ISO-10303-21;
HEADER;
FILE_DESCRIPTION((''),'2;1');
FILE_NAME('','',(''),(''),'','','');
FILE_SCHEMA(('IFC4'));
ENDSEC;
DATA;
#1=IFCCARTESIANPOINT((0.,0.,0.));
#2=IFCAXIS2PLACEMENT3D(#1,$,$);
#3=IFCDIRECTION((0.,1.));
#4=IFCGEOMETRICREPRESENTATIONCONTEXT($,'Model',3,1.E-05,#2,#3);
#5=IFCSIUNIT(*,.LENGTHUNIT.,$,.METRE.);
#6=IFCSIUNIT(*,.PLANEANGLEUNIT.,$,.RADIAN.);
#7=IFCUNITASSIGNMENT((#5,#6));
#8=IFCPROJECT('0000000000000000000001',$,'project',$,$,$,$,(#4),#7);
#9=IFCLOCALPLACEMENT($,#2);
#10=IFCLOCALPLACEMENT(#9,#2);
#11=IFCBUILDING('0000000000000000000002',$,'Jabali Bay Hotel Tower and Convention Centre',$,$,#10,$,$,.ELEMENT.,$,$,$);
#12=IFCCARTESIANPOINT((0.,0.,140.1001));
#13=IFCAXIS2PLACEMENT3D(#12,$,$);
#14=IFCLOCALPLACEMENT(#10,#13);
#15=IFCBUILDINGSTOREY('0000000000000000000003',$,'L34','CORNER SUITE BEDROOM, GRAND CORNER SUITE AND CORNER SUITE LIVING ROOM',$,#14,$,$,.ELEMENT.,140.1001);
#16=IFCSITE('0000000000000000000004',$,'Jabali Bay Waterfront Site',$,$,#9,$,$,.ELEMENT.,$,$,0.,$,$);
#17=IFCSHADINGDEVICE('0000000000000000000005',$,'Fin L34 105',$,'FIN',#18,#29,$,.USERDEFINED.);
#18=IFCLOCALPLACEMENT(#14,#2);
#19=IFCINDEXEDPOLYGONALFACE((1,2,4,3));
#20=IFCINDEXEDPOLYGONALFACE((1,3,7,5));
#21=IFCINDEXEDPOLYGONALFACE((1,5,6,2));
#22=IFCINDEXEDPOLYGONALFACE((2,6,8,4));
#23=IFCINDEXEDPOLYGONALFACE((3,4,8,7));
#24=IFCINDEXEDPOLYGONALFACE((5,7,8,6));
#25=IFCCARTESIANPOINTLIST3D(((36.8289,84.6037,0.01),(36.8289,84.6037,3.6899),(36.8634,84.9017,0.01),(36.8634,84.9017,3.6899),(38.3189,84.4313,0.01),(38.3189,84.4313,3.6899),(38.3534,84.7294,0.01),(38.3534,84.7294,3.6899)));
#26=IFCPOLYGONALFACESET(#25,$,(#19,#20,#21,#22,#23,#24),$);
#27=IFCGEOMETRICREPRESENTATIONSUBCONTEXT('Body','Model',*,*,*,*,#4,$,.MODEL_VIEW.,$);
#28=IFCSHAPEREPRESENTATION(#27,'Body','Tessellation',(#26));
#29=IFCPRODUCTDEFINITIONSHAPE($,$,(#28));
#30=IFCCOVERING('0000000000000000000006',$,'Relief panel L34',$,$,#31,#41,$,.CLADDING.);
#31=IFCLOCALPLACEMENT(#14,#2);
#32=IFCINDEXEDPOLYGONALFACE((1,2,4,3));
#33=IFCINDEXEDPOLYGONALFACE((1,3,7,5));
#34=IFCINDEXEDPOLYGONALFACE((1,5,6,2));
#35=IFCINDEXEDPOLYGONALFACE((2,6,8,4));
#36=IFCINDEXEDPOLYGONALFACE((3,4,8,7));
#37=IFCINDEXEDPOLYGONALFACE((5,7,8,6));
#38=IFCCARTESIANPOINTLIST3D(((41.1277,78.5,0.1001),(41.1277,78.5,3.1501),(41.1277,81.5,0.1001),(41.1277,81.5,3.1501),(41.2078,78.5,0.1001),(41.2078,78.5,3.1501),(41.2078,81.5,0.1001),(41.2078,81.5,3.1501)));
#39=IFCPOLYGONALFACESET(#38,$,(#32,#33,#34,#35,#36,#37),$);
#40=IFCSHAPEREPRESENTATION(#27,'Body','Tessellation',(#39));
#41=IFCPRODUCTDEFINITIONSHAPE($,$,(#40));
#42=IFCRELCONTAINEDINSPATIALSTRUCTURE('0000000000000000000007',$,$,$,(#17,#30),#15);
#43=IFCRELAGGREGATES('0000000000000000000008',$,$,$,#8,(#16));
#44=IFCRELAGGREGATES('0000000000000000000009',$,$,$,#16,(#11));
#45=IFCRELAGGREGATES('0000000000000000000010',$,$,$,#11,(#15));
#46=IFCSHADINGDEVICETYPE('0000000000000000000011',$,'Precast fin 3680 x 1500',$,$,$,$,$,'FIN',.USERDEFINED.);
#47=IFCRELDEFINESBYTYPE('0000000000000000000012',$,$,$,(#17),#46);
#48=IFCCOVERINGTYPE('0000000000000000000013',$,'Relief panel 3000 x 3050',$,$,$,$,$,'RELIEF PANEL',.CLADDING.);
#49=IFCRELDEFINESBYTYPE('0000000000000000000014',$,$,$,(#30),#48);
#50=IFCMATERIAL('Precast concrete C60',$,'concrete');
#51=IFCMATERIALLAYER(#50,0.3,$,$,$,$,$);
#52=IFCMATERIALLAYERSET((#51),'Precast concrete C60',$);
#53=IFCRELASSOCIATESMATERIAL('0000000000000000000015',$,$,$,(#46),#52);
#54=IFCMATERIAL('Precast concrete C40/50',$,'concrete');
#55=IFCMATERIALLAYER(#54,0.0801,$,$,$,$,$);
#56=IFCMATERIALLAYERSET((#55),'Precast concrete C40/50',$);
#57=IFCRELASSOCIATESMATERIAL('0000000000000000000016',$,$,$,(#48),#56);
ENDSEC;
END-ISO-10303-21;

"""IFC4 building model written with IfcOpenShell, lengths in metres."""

from ifc_helpers import new_model, si_unit, direction, frame, frame_2d, origin, origin_2d, place, context, subcontext, project, spatial, rectangle, extrude, material, layer, layer_set, type_object, element, save


model = new_model("IFC4")

# Units and contexts
model_context = context("Model", 3, precision=1e-05, world=origin(), true_north=direction((0.0, 1.0)))
body_context = subcontext(model_context, "Body", "Model", "MODEL_VIEW")
ifc_project = project(units=[si_unit("LENGTHUNIT", "METRE"), si_unit("PLANEANGLEUNIT", "RADIAN")], contexts=[model_context])

# Site, building, storey
site_placement = place(None, origin())
site = spatial("IfcSite", under=ifc_project, at=site_placement, Name="Jabali Bay Waterfront Site", CompositionType="ELEMENT", RefElevation=0.0)
building_placement = place(site_placement, origin())
building = spatial("IfcBuilding", under=site, at=building_placement, Name="Jabali Bay Hotel Tower and Convention Centre", CompositionType="ELEMENT")
storey_placement = place(building_placement, frame((0.0, 0.0, 140.1001)))
storey = spatial("IfcBuildingStorey", under=building, at=storey_placement, Name="L34", Description="CORNER SUITE BEDROOM, GRAND CORNER SUITE AND CORNER SUITE LIVING ROOM", CompositionType="ELEMENT", Elevation=140.1001)

# Shading device
ifc_material_1 = material(Name="Precast concrete C60", Category="concrete")
ifc_layer_1 = layer(ifc_material_1, 0.3)
ifc_layer_set_1 = layer_set([ifc_layer_1], Name="Precast concrete C60")
shading_device_type = type_object("IfcShadingDeviceType", Name="Precast fin 3680 x 1500", ElementType="FIN", PredefinedType="USERDEFINED", material=ifc_layer_set_1)
for number, where, z_axis, x_axis, name in (
    (1, (38.3362, 84.5803, 0.01), (0.0, 0.0, 1.0), (-0.993375, 0.114914, 0.0), "Fin L34 105"),
):
    element("IfcShadingDevice", number, at=place(storey_placement, frame(where, z_axis=z_axis, x_axis=x_axis)), inside=storey, type_object=shading_device_type, Name=name, ObjectType="FIN", PredefinedType="USERDEFINED", context=body_context, shape_type="SweptSolid", body=[
        extrude(rectangle(XDim=1.5, YDim=0.3, at=frame_2d((0.75, 0.0))), origin(), (0.0, 0.0, 1.0), 3.6799),
    ])

# Covering
ifc_material_2 = material(Name="Precast concrete C40/50", Category="concrete")
ifc_layer_2 = layer(ifc_material_2, 0.0801)
ifc_layer_set_2 = layer_set([ifc_layer_2], Name="Precast concrete C40/50")
covering_type = type_object("IfcCoveringType", Name="Relief panel 3000 x 3050", ElementType="RELIEF PANEL", PredefinedType="CLADDING", material=ifc_layer_set_2)
covering_placement = place(storey_placement, frame((41.1677, 80.0, 0.1001), z_axis=(0.0, 0.0, 1.0), x_axis=(0.0, 1.0, 0.0)))
element("IfcCovering", 2, at=covering_placement, inside=storey, type_object=covering_type, Name="Relief panel L34", PredefinedType="CLADDING", context=body_context, shape_type="SweptSolid", body=[
    extrude(rectangle(XDim=3.0, YDim=0.0801, at=origin_2d()), origin(), (0.0, 0.0, 1.0), 3.05),
])

save(model, "model.ifc")
